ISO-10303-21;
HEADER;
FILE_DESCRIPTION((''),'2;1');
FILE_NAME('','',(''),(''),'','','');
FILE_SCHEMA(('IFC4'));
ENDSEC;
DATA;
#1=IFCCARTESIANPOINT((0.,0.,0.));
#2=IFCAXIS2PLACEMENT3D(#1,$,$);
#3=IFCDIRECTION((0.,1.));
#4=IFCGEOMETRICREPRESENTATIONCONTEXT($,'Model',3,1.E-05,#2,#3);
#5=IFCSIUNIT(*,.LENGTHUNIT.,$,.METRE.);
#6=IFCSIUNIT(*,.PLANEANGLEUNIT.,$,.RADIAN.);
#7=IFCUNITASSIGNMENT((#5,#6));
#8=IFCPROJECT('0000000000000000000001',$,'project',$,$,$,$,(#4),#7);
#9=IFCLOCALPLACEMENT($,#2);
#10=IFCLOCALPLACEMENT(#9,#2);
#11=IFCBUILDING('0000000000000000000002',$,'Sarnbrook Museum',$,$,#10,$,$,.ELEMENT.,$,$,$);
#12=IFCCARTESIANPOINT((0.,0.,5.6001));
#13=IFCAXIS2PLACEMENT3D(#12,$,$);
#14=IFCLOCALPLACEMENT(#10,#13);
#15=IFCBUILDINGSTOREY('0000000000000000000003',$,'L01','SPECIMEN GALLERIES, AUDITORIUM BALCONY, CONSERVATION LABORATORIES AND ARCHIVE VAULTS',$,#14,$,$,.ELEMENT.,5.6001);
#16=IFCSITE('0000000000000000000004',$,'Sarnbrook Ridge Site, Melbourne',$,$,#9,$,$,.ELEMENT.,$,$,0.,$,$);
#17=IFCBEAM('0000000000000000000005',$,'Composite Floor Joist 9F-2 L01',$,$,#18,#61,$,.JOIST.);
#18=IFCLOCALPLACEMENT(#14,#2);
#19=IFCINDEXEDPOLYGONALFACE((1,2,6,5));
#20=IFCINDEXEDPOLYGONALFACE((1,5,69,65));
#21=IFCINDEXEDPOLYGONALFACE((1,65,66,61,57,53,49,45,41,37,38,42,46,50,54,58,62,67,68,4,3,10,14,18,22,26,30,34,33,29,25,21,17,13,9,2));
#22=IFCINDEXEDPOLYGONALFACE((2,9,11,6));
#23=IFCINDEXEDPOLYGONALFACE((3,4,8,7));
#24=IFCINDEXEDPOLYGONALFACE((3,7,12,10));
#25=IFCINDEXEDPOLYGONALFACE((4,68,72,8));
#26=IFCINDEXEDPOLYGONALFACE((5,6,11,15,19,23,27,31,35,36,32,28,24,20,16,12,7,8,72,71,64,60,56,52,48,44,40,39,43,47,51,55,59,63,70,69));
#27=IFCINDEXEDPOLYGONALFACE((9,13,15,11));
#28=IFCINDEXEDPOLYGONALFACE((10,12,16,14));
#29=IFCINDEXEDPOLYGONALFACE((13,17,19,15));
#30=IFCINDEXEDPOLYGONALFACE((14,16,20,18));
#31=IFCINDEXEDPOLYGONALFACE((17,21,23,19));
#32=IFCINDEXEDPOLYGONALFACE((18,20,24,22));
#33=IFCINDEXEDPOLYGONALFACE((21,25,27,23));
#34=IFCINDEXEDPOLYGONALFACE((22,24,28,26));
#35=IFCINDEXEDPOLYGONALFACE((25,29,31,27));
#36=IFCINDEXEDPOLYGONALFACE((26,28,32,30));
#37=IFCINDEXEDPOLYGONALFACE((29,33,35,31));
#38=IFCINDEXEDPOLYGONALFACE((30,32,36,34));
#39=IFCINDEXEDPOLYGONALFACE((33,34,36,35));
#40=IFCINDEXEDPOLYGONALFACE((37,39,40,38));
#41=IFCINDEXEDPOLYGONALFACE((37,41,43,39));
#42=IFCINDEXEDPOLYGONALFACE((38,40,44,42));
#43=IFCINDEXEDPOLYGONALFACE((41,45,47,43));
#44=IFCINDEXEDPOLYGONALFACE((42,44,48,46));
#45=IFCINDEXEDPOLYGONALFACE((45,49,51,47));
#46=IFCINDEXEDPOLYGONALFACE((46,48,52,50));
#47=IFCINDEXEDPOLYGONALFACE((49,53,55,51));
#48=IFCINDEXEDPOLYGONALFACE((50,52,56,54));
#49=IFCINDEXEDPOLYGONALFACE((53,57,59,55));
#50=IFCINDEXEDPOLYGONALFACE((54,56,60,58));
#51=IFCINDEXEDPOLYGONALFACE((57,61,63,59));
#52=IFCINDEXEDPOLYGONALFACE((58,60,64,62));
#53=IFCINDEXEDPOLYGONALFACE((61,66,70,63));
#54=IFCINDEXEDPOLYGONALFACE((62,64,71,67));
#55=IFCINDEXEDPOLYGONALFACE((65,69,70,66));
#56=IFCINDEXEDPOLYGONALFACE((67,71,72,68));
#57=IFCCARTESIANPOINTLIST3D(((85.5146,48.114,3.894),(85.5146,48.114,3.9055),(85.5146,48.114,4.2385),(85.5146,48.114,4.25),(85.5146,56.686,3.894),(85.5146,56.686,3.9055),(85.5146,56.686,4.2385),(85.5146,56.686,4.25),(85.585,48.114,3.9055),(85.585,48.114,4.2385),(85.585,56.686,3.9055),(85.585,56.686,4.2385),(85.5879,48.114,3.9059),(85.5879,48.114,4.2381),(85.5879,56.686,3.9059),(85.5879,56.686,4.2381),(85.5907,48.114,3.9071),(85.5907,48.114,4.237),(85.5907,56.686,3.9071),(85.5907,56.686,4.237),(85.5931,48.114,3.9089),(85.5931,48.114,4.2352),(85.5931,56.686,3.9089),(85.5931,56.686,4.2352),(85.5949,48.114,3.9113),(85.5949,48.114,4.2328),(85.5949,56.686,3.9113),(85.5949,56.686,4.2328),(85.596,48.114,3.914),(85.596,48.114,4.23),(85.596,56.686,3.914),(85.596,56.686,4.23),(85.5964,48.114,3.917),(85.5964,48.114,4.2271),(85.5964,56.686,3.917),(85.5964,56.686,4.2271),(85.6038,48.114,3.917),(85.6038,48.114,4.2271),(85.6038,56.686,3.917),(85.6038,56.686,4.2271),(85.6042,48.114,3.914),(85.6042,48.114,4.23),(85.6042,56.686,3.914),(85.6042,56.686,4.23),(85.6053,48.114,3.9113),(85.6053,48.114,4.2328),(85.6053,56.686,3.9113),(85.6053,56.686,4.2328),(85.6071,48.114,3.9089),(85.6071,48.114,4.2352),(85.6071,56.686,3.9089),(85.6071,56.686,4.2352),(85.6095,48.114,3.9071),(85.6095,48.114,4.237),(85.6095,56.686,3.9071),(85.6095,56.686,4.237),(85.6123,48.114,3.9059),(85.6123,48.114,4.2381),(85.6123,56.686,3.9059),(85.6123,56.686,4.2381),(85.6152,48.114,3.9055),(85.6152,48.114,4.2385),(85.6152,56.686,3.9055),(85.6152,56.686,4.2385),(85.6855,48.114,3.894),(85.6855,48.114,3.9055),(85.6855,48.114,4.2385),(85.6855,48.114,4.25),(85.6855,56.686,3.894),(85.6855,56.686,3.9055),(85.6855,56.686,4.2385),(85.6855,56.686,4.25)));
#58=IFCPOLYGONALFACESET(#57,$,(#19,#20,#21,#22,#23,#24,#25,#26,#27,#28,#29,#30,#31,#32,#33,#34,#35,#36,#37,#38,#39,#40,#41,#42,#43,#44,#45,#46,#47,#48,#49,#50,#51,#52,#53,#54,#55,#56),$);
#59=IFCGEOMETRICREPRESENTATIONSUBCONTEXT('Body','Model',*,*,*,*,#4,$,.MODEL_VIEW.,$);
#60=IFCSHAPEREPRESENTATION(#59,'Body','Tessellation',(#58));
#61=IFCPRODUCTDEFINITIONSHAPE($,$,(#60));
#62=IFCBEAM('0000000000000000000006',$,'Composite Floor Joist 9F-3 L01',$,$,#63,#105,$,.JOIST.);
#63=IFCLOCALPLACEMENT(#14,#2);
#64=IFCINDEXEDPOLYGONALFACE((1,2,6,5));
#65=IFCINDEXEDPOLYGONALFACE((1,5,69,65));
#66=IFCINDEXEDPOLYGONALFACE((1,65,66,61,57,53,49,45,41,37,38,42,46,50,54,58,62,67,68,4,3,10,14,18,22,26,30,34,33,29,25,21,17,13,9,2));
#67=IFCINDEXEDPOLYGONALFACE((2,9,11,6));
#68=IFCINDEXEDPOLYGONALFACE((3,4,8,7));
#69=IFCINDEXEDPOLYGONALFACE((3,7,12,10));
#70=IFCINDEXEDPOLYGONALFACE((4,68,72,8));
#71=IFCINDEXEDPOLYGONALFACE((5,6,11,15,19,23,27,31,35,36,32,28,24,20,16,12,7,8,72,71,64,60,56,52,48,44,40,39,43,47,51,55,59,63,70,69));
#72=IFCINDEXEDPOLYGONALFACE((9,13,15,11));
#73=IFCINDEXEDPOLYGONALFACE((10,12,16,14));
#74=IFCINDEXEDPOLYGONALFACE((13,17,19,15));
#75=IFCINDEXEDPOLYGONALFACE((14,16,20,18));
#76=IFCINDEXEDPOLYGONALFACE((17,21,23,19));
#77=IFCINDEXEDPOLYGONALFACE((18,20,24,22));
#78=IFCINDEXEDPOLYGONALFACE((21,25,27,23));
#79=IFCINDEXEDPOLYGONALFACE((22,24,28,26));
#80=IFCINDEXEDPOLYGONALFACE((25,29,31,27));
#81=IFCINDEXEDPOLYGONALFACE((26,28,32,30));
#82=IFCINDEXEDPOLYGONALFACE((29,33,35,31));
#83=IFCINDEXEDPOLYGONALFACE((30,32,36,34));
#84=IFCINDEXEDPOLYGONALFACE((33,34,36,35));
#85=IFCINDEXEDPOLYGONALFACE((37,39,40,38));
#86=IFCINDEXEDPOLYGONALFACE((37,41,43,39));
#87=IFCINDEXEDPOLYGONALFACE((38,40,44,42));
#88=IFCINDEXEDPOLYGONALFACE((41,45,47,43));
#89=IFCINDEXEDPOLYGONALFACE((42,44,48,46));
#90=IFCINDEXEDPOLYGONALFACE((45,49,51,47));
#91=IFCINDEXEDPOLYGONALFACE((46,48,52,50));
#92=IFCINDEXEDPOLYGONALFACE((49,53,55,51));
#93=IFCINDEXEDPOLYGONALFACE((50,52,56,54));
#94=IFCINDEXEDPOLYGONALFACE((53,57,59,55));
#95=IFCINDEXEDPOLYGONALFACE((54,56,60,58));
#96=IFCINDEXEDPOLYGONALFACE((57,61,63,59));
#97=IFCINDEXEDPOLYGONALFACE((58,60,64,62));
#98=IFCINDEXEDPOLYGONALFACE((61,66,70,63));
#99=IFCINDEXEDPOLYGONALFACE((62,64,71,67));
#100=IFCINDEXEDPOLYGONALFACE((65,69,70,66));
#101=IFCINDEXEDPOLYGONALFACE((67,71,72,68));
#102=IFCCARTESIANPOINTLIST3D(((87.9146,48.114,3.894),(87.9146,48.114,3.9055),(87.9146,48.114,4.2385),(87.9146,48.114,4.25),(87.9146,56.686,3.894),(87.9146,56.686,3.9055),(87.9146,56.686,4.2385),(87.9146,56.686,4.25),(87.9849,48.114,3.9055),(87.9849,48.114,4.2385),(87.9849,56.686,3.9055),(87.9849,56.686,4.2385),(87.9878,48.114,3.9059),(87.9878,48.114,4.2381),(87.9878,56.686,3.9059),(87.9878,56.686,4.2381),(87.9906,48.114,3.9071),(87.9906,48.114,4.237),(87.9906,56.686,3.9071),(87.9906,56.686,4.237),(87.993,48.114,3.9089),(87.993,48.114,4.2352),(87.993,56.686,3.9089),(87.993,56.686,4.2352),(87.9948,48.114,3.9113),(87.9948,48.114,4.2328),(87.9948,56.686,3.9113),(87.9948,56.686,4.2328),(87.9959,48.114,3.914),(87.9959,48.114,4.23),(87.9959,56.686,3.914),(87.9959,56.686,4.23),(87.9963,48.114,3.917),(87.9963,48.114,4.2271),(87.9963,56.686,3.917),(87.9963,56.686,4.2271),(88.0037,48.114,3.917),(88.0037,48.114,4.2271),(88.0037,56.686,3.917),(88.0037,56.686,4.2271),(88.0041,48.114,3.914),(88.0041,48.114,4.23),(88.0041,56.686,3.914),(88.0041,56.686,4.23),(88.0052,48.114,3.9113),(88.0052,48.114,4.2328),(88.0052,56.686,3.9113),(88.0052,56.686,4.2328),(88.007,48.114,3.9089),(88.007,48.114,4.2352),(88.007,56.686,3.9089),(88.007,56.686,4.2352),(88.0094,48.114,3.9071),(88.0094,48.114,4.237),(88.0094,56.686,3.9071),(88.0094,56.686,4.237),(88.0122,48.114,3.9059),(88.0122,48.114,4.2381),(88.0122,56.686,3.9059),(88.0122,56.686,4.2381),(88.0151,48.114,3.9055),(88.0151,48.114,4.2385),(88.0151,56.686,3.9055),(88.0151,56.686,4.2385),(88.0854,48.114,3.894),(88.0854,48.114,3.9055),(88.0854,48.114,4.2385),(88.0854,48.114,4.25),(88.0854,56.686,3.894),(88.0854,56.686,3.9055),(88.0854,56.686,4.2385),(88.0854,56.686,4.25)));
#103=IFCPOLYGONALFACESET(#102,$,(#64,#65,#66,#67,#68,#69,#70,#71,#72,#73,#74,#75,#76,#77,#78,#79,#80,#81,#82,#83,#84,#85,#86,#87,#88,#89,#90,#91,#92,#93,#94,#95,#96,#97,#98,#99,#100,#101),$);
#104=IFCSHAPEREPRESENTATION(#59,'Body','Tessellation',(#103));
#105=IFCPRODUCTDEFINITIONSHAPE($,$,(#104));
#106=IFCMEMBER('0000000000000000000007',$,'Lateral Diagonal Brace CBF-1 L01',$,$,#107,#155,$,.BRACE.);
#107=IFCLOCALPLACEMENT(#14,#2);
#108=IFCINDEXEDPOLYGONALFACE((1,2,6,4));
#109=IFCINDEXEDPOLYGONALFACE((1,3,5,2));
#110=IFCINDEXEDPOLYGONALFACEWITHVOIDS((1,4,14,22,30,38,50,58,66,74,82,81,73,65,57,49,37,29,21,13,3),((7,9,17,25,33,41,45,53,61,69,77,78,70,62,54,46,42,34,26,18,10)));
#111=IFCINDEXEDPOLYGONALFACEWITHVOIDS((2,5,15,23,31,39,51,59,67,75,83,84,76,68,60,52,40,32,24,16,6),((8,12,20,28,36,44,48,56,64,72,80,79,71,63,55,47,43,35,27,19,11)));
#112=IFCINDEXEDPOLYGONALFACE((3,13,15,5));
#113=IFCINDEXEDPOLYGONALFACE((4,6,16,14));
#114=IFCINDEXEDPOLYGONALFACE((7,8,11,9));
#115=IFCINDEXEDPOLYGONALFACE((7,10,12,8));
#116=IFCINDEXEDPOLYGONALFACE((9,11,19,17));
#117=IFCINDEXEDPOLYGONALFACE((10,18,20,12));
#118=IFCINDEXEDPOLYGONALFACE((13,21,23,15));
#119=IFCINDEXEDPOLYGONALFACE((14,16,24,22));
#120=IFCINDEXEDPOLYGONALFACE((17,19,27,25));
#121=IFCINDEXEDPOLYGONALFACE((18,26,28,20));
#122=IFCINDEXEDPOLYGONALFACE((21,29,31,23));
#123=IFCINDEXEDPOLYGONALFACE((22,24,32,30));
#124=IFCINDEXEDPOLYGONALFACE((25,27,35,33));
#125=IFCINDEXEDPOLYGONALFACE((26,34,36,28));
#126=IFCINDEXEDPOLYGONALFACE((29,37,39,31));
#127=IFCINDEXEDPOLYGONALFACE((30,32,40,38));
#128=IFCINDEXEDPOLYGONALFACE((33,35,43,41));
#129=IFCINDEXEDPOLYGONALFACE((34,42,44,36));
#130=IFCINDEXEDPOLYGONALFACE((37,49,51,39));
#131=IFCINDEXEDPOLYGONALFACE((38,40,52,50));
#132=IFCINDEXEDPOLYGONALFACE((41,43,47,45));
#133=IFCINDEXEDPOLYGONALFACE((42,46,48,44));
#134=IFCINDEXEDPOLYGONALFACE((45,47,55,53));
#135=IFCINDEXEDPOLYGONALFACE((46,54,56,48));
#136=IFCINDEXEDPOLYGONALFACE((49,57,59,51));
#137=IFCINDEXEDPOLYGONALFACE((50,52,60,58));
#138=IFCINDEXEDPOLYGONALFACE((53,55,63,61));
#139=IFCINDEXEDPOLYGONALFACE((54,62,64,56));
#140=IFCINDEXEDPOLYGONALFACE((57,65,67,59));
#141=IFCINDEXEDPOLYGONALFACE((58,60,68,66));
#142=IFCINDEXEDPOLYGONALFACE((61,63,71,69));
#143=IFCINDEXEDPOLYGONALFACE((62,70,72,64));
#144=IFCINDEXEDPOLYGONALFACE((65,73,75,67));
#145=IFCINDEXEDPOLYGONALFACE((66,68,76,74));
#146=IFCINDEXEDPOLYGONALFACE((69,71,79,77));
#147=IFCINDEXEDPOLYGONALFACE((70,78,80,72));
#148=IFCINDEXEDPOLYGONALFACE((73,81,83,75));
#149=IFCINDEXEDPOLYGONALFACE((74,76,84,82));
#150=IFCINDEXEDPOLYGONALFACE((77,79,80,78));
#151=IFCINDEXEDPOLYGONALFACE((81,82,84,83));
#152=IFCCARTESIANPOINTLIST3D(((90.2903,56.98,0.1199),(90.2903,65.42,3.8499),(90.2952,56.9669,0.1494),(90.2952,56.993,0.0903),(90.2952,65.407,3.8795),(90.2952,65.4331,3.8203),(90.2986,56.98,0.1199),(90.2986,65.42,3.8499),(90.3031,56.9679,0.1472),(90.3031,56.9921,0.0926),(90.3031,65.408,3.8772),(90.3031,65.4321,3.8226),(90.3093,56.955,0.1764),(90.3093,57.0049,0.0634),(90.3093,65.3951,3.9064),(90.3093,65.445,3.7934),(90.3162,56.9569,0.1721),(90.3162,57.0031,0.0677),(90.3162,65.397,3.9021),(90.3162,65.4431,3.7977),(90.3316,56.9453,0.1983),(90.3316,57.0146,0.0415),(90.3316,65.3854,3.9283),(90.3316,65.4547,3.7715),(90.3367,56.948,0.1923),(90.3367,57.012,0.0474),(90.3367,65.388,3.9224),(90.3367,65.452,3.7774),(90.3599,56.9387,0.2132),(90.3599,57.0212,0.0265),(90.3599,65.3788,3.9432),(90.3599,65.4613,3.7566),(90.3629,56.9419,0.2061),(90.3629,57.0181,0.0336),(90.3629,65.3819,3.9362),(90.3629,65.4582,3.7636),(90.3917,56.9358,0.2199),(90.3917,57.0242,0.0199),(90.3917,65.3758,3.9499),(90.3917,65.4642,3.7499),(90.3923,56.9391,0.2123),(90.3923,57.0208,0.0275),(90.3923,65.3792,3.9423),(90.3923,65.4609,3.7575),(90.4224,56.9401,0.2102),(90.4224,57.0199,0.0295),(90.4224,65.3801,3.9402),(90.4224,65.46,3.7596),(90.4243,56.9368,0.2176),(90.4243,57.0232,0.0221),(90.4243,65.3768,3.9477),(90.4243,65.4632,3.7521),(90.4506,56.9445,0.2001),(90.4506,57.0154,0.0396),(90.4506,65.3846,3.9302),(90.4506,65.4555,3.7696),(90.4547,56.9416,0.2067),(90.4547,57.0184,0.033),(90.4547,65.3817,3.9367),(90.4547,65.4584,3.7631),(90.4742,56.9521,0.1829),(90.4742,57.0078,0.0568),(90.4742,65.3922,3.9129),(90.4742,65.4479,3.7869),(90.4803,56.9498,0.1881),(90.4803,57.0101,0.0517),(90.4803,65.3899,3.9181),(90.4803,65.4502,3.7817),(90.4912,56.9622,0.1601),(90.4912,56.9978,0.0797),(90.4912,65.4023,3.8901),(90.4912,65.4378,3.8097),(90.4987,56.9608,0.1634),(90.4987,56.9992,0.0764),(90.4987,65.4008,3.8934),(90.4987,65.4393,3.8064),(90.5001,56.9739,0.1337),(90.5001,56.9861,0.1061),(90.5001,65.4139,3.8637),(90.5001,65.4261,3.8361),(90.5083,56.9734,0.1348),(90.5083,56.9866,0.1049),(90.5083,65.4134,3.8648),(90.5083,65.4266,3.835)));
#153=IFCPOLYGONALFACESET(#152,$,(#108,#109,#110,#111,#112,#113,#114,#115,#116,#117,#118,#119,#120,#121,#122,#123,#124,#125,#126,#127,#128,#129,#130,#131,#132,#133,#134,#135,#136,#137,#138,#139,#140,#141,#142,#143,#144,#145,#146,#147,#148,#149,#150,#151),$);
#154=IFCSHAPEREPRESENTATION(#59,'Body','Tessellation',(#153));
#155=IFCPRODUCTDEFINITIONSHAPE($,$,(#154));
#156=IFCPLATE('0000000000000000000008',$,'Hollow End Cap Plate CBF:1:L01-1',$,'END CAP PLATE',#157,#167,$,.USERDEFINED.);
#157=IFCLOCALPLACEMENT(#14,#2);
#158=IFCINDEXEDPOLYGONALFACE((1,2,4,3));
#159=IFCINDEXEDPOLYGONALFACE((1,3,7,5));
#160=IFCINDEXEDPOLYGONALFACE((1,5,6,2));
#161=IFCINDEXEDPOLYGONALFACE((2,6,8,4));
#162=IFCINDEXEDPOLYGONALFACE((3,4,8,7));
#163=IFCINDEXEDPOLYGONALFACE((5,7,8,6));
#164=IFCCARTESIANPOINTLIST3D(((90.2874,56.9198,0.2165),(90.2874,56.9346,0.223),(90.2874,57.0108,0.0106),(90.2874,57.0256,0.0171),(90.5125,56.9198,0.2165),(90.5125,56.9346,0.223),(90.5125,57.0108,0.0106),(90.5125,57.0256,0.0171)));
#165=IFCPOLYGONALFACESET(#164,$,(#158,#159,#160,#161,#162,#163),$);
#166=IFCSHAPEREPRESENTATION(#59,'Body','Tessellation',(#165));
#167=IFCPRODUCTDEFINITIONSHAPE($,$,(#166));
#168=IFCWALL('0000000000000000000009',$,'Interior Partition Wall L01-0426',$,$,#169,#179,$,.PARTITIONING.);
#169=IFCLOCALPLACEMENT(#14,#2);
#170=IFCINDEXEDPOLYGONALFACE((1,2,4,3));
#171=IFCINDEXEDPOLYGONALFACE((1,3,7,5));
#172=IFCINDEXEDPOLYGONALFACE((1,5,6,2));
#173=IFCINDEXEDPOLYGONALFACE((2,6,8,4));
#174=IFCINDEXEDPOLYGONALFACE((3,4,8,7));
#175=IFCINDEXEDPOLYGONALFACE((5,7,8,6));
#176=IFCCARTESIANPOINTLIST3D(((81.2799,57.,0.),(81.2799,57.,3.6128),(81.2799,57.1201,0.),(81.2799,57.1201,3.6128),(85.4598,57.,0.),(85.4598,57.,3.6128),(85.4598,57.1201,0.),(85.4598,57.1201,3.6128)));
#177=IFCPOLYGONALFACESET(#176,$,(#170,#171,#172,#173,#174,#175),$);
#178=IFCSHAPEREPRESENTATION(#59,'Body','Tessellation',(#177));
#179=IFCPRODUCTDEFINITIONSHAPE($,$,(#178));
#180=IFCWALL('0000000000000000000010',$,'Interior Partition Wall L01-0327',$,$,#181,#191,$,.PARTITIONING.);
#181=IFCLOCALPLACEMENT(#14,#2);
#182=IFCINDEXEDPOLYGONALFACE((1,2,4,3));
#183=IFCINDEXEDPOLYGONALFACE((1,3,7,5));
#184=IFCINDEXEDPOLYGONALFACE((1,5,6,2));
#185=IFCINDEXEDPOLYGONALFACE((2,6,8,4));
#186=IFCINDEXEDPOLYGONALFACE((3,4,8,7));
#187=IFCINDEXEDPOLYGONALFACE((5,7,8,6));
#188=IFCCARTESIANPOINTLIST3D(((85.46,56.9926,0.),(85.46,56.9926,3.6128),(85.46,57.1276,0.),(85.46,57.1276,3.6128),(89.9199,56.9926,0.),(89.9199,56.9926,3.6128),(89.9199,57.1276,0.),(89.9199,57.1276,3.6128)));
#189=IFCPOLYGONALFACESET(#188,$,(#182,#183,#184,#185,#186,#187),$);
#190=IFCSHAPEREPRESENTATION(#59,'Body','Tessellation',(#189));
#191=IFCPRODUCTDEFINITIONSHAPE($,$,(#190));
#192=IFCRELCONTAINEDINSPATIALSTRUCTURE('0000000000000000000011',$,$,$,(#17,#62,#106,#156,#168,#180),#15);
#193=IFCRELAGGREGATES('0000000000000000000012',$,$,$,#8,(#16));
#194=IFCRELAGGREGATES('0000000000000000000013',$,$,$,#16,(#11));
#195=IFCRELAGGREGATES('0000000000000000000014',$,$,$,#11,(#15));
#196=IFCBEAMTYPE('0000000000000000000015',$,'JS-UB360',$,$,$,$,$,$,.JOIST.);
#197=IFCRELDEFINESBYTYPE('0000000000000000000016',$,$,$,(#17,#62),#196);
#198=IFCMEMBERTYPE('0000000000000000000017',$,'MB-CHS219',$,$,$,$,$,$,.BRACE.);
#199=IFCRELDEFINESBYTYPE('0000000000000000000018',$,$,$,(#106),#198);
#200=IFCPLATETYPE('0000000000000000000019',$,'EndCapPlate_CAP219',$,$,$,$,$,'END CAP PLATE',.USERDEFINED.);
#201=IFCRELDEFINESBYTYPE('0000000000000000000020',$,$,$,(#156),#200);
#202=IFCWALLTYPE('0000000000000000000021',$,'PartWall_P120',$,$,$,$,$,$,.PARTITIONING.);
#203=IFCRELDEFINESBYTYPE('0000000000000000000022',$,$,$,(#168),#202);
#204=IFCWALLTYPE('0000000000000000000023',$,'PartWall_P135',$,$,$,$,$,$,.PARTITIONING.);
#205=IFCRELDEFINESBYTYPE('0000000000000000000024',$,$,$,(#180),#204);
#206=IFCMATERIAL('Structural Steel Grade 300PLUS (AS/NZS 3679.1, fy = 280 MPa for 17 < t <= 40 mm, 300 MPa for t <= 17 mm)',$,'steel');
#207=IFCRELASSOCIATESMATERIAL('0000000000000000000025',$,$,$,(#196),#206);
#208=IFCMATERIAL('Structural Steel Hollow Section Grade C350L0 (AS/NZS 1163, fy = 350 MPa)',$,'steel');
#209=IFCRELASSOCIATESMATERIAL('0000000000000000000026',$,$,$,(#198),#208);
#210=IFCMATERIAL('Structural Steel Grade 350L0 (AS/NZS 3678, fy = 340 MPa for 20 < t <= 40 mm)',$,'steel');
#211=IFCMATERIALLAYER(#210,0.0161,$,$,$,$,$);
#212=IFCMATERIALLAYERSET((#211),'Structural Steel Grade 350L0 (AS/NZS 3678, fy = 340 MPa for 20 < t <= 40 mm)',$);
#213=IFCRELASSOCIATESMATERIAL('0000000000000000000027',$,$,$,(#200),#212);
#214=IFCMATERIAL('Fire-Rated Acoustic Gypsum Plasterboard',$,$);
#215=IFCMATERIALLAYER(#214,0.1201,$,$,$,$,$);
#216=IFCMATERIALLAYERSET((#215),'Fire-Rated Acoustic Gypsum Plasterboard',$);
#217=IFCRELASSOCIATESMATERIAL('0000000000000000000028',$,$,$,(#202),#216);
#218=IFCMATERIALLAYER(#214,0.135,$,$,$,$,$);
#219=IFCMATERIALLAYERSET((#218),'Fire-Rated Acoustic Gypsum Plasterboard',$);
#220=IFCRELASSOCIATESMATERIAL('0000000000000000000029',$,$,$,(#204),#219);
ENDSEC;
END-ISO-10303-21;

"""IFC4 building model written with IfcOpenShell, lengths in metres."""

from ifc_helpers import new_model, si_unit, direction, frame, frame_2d, origin, origin_2d, place, context, subcontext, project, spatial, rectangle, hollow_circle, i_section, extrude, material, layer, layer_set, material_profile, profile_set, type_object, element, save


model = new_model("IFC4")

# Units and contexts
model_context = context("Model", 3, precision=1e-05, world=origin(), true_north=direction((0.0, 1.0)))
body_context = subcontext(model_context, "Body", "Model", "MODEL_VIEW")
ifc_project = project(units=[si_unit("LENGTHUNIT", "METRE"), si_unit("PLANEANGLEUNIT", "RADIAN")], contexts=[model_context])

# Site, building, storey
site_placement = place(None, origin())
site = spatial("IfcSite", under=ifc_project, at=site_placement, Name="Sarnbrook Ridge Site, Melbourne", CompositionType="ELEMENT", RefElevation=0.0)
building_placement = place(site_placement, origin())
building = spatial("IfcBuilding", under=site, at=building_placement, Name="Sarnbrook Museum", CompositionType="ELEMENT")
storey_placement = place(building_placement, frame((0.0, 0.0, 5.6001)))
storey = spatial("IfcBuildingStorey", under=building, at=storey_placement, Name="L01", Description="SPECIMEN GALLERIES, AUDITORIUM BALCONY, CONSERVATION LABORATORIES AND ARCHIVE VAULTS", CompositionType="ELEMENT", Elevation=5.6001)

# Shared definitions
ifc_material_1 = material(Name="Structural Steel Grade 300PLUS (AS/NZS 3679.1, fy = 280 MPa for 17 < t <= 40 mm, 300 MPa for t <= 17 mm)", Category="steel")
ifc_material_2 = material(Name="Structural Steel Grade 350L0 (AS/NZS 3678, fy = 340 MPa for 20 < t <= 40 mm)", Category="steel")

# Beams
ifc_material_profile_1 = material_profile(ifc_material_1, i_section(OverallWidth=0.1709, OverallDepth=0.356, WebThickness=0.0073, FlangeThickness=0.0115, FilletRadius=0.0115, at=origin_2d()), Name="360UB50.7")
ifc_profile_set_1 = profile_set([ifc_material_profile_1], Name="Structural Steel Grade 300PLUS (AS/NZS 3679.1, fy = 280 MPa for 17 < t <= 40 mm, 300 MPa for t <= 17 mm)")
beam_type_1 = type_object("IfcBeamType", Name="JS-UB360", PredefinedType="JOIST", material=ifc_profile_set_1)
for number, where, z_axis, x_axis, name in (
    (1, (85.6001, 48.114, 4.072), (0.0, 1.0, 0.0), (-1.0, 0.0, 0.0), "Composite Floor Joist 9F-2 L01"),
    (2, (88.0, 48.114, 4.072), (0.0, 1.0, 0.0), (-1.0, 0.0, 0.0), "Composite Floor Joist 9F-3 L01"),
):
    element("IfcBeam", number, at=place(storey_placement, frame(where, z_axis=z_axis, x_axis=x_axis)), inside=storey, type_object=beam_type_1, Name=name, PredefinedType="JOIST", context=body_context, shape_type="SweptSolid", body=[
        extrude(i_section(OverallWidth=0.1709, OverallDepth=0.356, WebThickness=0.0073, FlangeThickness=0.0115, FilletRadius=0.0115, at=origin_2d()), origin(), (0.0, 0.0, 1.0), 8.572),
    ])

# Member
ifc_material_3 = material(Name="Structural Steel Hollow Section Grade C350L0 (AS/NZS 1163, fy = 350 MPa)", Category="steel")
ifc_material_profile_2 = material_profile(ifc_material_3, hollow_circle(Radius=0.1096, WallThickness=0.0083, at=origin_2d()), Name="219.1x8.2CHS")
ifc_profile_set_2 = profile_set([ifc_material_profile_2], Name="Structural Steel Hollow Section Grade C350L0 (AS/NZS 1163, fy = 350 MPa)")
member_type = type_object("IfcMemberType", Name="MB-CHS219", PredefinedType="BRACE", material=ifc_profile_set_2)
member_placement = place(storey_placement, frame((90.3999, 56.98, 0.1199), z_axis=(0.0, 0.914658, 0.404228), x_axis=(-1.0, 0.0, 0.0)))
element("IfcMember", 3, at=member_placement, inside=storey, type_object=member_type, Name="Lateral Diagonal Brace CBF-1 L01", PredefinedType="BRACE", context=body_context, shape_type="SweptSolid", body=[
    extrude(hollow_circle(Radius=0.1096, WallThickness=0.0083, at=origin_2d()), origin(), (0.0, 0.0, 1.0), 9.2275),
])

# Plate
ifc_layer_1 = layer(ifc_material_2, 0.0161)
ifc_layer_set_1 = layer_set([ifc_layer_1], Name="Structural Steel Grade 350L0 (AS/NZS 3678, fy = 340 MPa for 20 < t <= 40 mm)")
plate_type = type_object("IfcPlateType", Name="EndCapPlate_CAP219", ElementType="END CAP PLATE", PredefinedType="USERDEFINED", material=ifc_layer_set_1)
plate_placement = place(storey_placement, frame((90.3999, 56.9653, 0.1135), z_axis=(0.0, 0.914659, 0.404227), x_axis=(-1.0, 0.0, 0.0)))
element("IfcPlate", 4, at=plate_placement, inside=storey, type_object=plate_type, Name="Hollow End Cap Plate CBF:1:L01-1", ObjectType="END CAP PLATE", PredefinedType="USERDEFINED", context=body_context, shape_type="SweptSolid", body=[
    extrude(rectangle(XDim=0.2251, YDim=0.2251, at=origin_2d()), origin(), (0.0, 0.0, 1.0), 0.0161),
])

# Walls
ifc_material_4 = material(Name="Fire-Rated Acoustic Gypsum Plasterboard")
ifc_layer_2 = layer(ifc_material_4, 0.1201)
ifc_layer_set_2 = layer_set([ifc_layer_2], Name="Fire-Rated Acoustic Gypsum Plasterboard")
wall_type_1 = type_object("IfcWallType", Name="PartWall_P120", PredefinedType="PARTITIONING", material=ifc_layer_set_2)
wall_1_placement = place(storey_placement, frame((81.28, 57.0601, 0.0), z_axis=(0.0, 0.0, 1.0), x_axis=(1.0, 0.0, 0.0)))
element("IfcWall", 5, at=wall_1_placement, inside=storey, type_object=wall_type_1, Name="Interior Partition Wall L01-0426", PredefinedType="PARTITIONING", context=body_context, shape_type="SweptSolid", body=[
    extrude(rectangle(XDim=4.1799, YDim=0.1201, at=frame_2d((2.0898, 0.0))), origin(), (0.0, 0.0, 1.0), 3.6128),
])
ifc_layer_3 = layer(ifc_material_4, 0.135)
ifc_layer_set_3 = layer_set([ifc_layer_3], Name="Fire-Rated Acoustic Gypsum Plasterboard")
wall_type_2 = type_object("IfcWallType", Name="PartWall_P135", PredefinedType="PARTITIONING", material=ifc_layer_set_3)
wall_2_placement = place(storey_placement, frame((85.46, 57.0601, 0.0), z_axis=(0.0, 0.0, 1.0), x_axis=(1.0, 0.0, 0.0)))
element("IfcWall", 6, at=wall_2_placement, inside=storey, type_object=wall_type_2, Name="Interior Partition Wall L01-0327", PredefinedType="PARTITIONING", context=body_context, shape_type="SweptSolid", body=[
    extrude(rectangle(XDim=4.46, YDim=0.135, at=frame_2d((2.23, 0.0))), origin(), (0.0, 0.0, 1.0), 3.6128),
])

save(model, "model.ifc")
